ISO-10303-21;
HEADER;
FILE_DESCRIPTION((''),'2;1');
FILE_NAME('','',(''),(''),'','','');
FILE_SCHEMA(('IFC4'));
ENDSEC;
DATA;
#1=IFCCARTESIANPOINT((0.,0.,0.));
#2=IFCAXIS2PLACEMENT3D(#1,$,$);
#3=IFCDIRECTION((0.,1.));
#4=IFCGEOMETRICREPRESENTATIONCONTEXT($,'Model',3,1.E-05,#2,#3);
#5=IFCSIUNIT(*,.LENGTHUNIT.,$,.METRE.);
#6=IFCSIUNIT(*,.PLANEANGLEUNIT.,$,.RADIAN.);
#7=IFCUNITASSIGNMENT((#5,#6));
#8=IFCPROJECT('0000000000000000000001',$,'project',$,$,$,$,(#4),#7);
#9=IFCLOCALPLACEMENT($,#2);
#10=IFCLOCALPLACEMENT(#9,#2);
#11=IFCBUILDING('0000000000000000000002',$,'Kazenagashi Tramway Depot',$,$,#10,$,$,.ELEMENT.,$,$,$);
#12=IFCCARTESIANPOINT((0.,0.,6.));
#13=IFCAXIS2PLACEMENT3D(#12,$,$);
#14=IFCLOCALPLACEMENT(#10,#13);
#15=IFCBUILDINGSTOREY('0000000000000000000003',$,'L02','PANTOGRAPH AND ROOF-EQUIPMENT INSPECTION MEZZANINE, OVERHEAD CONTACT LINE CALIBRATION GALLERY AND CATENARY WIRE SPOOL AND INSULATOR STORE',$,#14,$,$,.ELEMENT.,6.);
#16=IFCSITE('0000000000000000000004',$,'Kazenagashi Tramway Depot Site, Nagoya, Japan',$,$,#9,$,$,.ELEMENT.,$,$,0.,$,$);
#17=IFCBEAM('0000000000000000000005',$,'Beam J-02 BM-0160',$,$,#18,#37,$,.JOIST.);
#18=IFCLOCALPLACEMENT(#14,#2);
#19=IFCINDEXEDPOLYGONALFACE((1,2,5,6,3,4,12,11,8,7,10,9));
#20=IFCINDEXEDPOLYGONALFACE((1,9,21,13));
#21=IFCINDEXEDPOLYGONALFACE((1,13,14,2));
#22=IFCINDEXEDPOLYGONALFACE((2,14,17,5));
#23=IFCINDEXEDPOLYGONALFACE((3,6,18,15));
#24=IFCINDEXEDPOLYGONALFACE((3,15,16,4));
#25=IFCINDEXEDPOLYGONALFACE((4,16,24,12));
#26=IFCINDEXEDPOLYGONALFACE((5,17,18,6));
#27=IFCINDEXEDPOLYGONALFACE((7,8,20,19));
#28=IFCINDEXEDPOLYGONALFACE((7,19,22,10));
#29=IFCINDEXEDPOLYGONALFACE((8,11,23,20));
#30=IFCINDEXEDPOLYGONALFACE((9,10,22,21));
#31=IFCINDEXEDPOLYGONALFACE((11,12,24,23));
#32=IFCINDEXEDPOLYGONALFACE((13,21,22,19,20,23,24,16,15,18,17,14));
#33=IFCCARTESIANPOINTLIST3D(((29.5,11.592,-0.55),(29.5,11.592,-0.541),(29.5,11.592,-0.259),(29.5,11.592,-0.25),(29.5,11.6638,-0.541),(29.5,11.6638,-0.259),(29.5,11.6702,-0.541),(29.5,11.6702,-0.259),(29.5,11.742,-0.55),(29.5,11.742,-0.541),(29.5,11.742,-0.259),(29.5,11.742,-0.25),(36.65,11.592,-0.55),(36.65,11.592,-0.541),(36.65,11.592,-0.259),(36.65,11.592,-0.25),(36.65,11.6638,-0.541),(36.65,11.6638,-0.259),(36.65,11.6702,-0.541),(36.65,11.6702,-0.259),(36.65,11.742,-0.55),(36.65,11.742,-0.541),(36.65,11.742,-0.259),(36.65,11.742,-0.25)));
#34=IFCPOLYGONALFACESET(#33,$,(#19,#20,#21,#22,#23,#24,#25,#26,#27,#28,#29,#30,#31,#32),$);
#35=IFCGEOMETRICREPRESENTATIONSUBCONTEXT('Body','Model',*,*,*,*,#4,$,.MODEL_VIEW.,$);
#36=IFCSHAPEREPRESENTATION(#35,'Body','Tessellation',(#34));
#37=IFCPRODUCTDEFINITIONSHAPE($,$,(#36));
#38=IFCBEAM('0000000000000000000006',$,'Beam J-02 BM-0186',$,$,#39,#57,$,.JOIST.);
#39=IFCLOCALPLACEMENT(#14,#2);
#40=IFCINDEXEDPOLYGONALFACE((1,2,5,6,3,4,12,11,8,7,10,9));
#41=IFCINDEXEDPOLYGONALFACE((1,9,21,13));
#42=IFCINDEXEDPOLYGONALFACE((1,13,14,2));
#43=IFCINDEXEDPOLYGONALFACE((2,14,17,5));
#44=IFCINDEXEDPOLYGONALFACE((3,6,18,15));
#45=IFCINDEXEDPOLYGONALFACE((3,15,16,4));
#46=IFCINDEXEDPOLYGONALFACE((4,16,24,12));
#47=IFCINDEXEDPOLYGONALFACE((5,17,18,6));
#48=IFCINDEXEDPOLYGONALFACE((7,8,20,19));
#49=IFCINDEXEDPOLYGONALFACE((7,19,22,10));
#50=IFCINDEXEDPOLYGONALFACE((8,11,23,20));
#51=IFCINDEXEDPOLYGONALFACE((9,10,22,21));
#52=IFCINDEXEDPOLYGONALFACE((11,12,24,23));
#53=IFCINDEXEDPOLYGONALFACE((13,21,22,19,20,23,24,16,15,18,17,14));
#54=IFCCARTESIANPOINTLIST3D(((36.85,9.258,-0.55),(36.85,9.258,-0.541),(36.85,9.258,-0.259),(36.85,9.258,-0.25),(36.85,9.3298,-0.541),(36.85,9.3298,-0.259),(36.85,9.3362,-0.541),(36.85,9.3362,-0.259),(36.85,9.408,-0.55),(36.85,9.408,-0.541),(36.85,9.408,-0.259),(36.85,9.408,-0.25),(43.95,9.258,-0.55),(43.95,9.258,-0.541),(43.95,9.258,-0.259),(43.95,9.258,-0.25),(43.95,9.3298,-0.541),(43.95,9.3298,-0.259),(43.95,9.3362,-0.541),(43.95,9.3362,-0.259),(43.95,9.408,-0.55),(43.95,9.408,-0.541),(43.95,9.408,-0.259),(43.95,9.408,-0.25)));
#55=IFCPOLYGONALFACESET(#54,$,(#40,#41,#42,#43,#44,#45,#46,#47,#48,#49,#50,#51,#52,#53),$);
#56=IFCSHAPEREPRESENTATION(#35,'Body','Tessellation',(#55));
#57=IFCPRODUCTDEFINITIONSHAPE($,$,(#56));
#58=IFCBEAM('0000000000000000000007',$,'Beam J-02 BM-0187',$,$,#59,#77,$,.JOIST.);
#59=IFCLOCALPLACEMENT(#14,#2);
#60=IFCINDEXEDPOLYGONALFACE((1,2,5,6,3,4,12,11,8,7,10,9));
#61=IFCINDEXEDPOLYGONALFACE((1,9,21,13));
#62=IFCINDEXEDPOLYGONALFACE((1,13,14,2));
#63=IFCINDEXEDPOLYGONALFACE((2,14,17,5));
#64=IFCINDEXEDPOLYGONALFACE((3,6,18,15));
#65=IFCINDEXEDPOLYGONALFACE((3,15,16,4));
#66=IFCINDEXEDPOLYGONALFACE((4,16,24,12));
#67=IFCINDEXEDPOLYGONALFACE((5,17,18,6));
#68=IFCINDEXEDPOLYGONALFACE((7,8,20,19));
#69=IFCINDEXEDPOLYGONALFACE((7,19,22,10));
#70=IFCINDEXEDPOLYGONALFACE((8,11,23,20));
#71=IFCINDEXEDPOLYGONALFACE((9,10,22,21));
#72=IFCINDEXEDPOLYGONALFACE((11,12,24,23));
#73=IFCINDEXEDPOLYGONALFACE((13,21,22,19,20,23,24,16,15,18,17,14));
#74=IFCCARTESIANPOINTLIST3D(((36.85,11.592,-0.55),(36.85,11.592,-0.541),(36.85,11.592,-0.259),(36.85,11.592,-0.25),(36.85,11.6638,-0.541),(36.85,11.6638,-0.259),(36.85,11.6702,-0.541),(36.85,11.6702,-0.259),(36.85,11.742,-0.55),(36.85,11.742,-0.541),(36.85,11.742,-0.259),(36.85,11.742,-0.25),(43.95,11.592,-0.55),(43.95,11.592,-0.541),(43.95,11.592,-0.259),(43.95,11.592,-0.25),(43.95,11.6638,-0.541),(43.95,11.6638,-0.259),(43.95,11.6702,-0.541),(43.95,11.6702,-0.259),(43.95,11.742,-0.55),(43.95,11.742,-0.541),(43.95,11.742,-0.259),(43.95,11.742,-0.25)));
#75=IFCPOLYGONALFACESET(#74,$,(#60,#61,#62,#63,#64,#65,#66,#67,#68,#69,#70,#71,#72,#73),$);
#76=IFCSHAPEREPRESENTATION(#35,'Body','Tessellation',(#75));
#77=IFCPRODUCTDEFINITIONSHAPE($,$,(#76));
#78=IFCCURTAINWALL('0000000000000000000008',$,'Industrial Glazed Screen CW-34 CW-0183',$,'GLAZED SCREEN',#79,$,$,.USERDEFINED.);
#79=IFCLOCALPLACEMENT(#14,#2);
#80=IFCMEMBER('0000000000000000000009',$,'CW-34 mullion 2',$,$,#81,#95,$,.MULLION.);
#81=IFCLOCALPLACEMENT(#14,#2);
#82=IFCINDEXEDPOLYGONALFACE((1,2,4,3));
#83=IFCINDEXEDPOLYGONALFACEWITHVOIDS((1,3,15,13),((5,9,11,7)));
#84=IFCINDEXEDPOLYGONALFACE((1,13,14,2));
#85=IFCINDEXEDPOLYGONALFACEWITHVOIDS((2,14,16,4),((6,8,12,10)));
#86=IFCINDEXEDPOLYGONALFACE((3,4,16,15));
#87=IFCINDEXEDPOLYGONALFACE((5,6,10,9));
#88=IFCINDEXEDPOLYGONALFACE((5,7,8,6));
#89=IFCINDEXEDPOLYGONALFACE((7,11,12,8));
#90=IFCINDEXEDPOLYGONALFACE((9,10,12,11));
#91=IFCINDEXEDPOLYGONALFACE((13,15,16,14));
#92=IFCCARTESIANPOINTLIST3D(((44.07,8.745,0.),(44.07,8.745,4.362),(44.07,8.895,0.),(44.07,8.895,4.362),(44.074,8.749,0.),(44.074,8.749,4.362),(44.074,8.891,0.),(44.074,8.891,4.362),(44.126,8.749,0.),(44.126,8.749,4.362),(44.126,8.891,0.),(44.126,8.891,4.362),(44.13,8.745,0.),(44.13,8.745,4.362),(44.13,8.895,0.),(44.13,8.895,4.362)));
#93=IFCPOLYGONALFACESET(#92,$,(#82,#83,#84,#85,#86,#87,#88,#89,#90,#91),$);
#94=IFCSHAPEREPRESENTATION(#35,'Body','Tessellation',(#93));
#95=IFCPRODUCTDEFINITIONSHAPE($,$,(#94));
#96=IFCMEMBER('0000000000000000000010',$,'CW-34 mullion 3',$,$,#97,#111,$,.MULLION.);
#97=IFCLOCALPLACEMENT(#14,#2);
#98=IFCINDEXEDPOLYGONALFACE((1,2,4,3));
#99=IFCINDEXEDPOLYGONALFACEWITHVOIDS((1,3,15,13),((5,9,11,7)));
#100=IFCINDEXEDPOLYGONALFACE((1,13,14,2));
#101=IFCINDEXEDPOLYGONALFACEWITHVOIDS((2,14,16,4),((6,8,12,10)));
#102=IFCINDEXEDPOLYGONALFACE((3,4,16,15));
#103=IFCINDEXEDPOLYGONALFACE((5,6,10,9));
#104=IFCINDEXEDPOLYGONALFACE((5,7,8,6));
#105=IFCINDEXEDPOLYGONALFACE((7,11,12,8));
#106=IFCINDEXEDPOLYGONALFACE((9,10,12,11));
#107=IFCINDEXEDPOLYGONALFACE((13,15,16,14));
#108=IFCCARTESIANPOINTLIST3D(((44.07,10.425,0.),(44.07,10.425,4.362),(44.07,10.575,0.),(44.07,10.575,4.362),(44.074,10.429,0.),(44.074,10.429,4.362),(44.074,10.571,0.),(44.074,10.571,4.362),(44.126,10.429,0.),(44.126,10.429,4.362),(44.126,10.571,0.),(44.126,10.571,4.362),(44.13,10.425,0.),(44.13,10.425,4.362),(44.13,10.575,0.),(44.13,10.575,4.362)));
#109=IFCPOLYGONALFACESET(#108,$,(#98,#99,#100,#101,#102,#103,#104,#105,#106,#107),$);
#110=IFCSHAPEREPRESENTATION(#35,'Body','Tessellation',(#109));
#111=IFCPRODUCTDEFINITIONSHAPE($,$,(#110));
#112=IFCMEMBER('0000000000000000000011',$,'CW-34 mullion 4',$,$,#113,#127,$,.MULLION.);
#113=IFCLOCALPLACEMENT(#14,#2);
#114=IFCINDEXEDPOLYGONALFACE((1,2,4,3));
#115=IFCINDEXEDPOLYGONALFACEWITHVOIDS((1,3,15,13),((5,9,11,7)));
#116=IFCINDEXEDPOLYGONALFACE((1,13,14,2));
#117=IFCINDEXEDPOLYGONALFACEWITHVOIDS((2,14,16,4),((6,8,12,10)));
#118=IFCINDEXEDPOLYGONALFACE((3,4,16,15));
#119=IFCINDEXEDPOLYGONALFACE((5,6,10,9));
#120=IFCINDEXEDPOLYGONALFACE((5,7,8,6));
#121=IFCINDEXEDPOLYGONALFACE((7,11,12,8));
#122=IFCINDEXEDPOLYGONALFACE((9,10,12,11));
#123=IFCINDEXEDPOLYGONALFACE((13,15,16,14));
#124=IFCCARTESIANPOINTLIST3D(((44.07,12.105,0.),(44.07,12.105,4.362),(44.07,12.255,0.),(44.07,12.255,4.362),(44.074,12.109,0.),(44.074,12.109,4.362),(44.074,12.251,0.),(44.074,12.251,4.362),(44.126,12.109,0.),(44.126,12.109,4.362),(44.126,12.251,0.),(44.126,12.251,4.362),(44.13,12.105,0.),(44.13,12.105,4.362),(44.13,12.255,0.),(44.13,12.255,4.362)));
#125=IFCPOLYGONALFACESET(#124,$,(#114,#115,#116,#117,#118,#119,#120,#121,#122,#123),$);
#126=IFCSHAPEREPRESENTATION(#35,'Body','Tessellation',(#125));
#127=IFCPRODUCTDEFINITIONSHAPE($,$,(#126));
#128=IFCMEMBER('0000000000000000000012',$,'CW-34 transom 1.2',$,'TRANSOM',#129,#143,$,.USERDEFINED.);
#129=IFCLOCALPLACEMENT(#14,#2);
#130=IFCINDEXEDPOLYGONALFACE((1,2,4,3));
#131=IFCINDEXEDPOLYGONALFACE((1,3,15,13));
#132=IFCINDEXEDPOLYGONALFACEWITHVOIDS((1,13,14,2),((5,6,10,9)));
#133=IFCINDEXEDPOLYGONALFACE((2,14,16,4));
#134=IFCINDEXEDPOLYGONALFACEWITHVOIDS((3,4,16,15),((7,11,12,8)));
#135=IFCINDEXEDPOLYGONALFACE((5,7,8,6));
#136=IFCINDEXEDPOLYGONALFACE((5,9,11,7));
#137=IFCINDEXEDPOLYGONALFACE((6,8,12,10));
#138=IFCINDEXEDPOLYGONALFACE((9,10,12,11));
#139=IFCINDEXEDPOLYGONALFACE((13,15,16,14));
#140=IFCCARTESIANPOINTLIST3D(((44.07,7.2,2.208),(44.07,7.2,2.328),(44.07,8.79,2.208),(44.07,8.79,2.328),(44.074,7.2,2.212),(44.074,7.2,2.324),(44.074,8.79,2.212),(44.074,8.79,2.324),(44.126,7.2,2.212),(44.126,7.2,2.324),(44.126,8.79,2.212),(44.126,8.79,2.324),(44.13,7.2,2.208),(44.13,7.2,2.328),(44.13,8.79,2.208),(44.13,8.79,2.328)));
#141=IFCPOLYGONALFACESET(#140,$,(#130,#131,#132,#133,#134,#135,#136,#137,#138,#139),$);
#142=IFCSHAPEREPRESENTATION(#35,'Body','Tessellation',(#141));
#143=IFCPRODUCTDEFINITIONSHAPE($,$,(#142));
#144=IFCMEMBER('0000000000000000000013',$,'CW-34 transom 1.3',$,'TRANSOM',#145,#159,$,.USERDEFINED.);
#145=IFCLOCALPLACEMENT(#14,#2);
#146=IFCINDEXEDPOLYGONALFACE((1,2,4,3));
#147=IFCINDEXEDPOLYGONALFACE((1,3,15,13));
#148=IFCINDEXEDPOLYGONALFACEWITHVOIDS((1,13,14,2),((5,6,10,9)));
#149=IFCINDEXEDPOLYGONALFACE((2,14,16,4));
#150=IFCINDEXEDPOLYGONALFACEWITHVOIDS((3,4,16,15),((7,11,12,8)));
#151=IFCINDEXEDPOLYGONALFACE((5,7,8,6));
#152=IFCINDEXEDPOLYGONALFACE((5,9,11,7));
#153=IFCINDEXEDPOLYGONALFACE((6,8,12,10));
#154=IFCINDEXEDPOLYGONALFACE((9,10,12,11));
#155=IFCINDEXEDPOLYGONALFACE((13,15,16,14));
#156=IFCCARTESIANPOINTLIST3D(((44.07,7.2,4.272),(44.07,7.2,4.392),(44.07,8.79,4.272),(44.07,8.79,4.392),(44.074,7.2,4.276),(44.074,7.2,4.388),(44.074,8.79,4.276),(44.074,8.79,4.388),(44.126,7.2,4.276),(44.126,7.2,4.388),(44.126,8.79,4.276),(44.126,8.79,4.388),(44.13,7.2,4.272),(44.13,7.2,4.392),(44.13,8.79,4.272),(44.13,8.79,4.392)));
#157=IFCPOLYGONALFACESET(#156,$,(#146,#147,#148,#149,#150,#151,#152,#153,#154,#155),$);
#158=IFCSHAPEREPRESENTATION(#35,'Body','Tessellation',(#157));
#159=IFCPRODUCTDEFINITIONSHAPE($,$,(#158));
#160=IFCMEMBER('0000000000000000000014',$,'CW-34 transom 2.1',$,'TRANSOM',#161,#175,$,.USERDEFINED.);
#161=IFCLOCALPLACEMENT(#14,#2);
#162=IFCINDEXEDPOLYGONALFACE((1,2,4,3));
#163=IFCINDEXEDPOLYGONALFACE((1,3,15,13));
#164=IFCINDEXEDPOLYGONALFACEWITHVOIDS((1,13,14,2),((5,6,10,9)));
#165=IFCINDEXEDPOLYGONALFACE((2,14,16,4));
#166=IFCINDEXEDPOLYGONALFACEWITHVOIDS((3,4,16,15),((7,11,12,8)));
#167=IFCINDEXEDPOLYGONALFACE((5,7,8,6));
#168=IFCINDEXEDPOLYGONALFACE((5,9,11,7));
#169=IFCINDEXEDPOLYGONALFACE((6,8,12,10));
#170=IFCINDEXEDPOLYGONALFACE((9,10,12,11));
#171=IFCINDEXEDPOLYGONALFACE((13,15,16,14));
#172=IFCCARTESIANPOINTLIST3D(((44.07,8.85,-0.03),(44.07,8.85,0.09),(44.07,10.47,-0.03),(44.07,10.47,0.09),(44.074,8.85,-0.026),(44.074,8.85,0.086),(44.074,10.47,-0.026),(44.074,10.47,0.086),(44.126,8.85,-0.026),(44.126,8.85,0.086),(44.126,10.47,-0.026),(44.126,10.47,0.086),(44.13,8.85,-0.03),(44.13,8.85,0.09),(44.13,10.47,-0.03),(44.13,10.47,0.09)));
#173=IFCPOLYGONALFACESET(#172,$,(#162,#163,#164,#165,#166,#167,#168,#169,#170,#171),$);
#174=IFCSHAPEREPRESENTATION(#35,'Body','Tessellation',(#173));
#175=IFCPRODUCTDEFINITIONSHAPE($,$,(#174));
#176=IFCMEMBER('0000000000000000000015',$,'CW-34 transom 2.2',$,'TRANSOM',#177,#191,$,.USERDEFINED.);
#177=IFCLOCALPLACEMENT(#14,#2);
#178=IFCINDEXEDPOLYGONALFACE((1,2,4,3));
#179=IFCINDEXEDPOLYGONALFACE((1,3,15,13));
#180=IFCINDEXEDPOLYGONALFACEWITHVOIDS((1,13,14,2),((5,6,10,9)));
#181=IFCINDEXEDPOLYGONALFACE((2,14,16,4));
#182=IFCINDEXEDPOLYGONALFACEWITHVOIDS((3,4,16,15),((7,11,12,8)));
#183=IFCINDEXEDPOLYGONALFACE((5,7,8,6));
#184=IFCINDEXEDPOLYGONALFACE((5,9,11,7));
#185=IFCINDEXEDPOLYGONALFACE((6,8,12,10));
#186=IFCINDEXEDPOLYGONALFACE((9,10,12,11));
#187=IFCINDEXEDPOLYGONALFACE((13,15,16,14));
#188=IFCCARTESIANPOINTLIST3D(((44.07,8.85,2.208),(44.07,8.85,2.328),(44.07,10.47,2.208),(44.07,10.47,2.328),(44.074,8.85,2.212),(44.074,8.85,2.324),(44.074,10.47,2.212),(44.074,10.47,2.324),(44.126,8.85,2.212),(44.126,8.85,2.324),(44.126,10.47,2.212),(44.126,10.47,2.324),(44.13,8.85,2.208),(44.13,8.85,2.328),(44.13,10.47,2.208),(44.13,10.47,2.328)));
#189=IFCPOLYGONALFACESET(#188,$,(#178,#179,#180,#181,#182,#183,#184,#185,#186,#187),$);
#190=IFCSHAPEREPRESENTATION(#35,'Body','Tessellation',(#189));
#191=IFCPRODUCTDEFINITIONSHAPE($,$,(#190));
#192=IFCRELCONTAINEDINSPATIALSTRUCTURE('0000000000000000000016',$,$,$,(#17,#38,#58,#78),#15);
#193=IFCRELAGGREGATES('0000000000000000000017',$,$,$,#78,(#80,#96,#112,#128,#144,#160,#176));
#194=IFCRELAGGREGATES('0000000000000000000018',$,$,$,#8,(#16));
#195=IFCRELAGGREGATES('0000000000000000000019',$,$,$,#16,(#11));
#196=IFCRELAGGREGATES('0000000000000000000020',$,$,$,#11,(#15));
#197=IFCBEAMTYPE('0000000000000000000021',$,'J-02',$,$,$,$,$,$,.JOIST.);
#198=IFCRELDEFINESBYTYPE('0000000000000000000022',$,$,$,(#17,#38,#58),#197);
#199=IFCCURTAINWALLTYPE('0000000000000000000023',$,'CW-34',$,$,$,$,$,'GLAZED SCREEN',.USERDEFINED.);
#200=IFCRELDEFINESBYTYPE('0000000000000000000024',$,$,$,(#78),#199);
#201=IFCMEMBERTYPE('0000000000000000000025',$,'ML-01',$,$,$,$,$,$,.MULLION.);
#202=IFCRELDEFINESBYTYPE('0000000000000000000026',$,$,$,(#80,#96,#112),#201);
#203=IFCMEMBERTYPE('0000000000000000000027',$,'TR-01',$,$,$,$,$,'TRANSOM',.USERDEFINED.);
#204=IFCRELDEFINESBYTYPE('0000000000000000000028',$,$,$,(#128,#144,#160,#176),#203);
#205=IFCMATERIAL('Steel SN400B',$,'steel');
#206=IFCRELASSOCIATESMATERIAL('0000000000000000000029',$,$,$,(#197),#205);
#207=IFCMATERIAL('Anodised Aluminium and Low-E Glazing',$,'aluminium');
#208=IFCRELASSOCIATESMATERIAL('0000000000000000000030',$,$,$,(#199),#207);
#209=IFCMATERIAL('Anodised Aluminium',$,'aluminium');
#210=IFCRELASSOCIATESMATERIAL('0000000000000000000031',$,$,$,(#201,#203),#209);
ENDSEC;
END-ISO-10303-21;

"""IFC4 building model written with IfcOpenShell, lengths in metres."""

from ifc_helpers import new_model, si_unit, direction, frame, origin, origin_2d, place, context, subcontext, project, spatial, hollow_rectangle, i_section, extrude, material, material_profile, profile_set, type_object, element, aggregate, save


model = new_model("IFC4")

# Units and contexts
model_context = context("Model", 3, precision=1e-05, world=origin(), true_north=direction((0.0, 1.0)))
body_context = subcontext(model_context, "Body", "Model", "MODEL_VIEW")
ifc_project = project(units=[si_unit("LENGTHUNIT", "METRE"), si_unit("PLANEANGLEUNIT", "RADIAN")], contexts=[model_context])

# Site, building, storey
site_placement = place(None, origin())
site = spatial("IfcSite", under=ifc_project, at=site_placement, Name="Kazenagashi Tramway Depot Site, Nagoya, Japan", CompositionType="ELEMENT", RefElevation=0.0)
building_placement = place(site_placement, origin())
building = spatial("IfcBuilding", under=site, at=building_placement, Name="Kazenagashi Tramway Depot", CompositionType="ELEMENT")
storey_placement = place(building_placement, frame((0.0, 0.0, 6.0)))
storey = spatial("IfcBuildingStorey", under=building, at=storey_placement, Name="L02", Description="PANTOGRAPH AND ROOF-EQUIPMENT INSPECTION MEZZANINE, OVERHEAD CONTACT LINE CALIBRATION GALLERY AND CATENARY WIRE SPOOL AND INSULATOR STORE", CompositionType="ELEMENT", Elevation=6.0)

# Beams
ifc_material_1 = material(Name="Steel SN400B", Category="steel")
ifc_material_profile_1 = material_profile(ifc_material_1, i_section(OverallWidth=0.15, OverallDepth=0.3, WebThickness=0.0065, FlangeThickness=0.009, at=origin_2d()), Name="H-300x150x6.5x9")
ifc_profile_set_1 = profile_set([ifc_material_profile_1], Name="Steel SN400B")
beam_type = type_object("IfcBeamType", Name="J-02", PredefinedType="JOIST", material=ifc_profile_set_1)
beam_placement = place(storey_placement, frame((29.5, 11.667, -0.4), z_axis=(1.0, 0.0, 0.0), x_axis=(0.0, 1.0, 0.0)))
element("IfcBeam", 1, at=beam_placement, inside=storey, type_object=beam_type, Name="Beam J-02 BM-0160", PredefinedType="JOIST", context=body_context, shape_type="SweptSolid", body=[
    extrude(i_section(OverallWidth=0.15, OverallDepth=0.3, WebThickness=0.0065, FlangeThickness=0.009, at=origin_2d()), origin(), (0.0, 0.0, 1.0), 7.15),
])
for number, where, z_axis, x_axis, name in (
    (2, (36.85, 9.333, -0.4), (1.0, 0.0, 0.0), (0.0, 1.0, 0.0), "Beam J-02 BM-0186"),
    (3, (36.85, 11.667, -0.4), (1.0, 0.0, 0.0), (0.0, 1.0, 0.0), "Beam J-02 BM-0187"),
):
    element("IfcBeam", number, at=place(storey_placement, frame(where, z_axis=z_axis, x_axis=x_axis)), inside=storey, type_object=beam_type, Name=name, PredefinedType="JOIST", context=body_context, shape_type="SweptSolid", body=[
        extrude(i_section(OverallWidth=0.15, OverallDepth=0.3, WebThickness=0.0065, FlangeThickness=0.009, at=origin_2d()), origin(), (0.0, 0.0, 1.0), 7.1),
    ])

# Curtain wall, members
ifc_material_2 = material(Name="Anodised Aluminium and Low-E Glazing", Category="aluminium")
curtain_wall_type = type_object("IfcCurtainWallType", Name="CW-34", ElementType="GLAZED SCREEN", PredefinedType="USERDEFINED", material=ifc_material_2)
curtain_wall_placement = place(storey_placement, origin())
curtain_wall = element("IfcCurtainWall", 4, at=curtain_wall_placement, inside=storey, type_object=curtain_wall_type, Name="Industrial Glazed Screen CW-34 CW-0183", ObjectType="GLAZED SCREEN", PredefinedType="USERDEFINED")
ifc_material_3 = material(Name="Anodised Aluminium", Category="aluminium")
ifc_material_profile_2 = material_profile(ifc_material_3, hollow_rectangle(XDim=0.06, YDim=0.15, WallThickness=0.004, at=origin_2d()), Name="RHS-150x60x4")
ifc_profile_set_2 = profile_set([ifc_material_profile_2], Name="Anodised Aluminium")
member_type_1 = type_object("IfcMemberType", Name="ML-01", PredefinedType="MULLION", material=ifc_profile_set_2)
member_1_placement = place(storey_placement, frame((44.1, 8.82, 0.0), z_axis=(0.0, 0.0, 1.0), x_axis=(-1.0, 0.0, 0.0)))
member_1 = element("IfcMember", 5, at=member_1_placement, type_object=member_type_1, Name="CW-34 mullion 2", PredefinedType="MULLION", context=body_context, shape_type="SweptSolid", body=[
    extrude(hollow_rectangle(XDim=0.06, YDim=0.15, WallThickness=0.004, at=origin_2d()), origin(), (0.0, 0.0, 1.0), 4.362),
])
member_2_placement = place(storey_placement, frame((44.1, 10.5, 0.0), z_axis=(0.0, 0.0, 1.0), x_axis=(-1.0, 0.0, 0.0)))
member_2 = element("IfcMember", 6, at=member_2_placement, type_object=member_type_1, Name="CW-34 mullion 3", PredefinedType="MULLION", context=body_context, shape_type="SweptSolid", body=[
    extrude(hollow_rectangle(XDim=0.06, YDim=0.15, WallThickness=0.004, at=origin_2d()), origin(), (0.0, 0.0, 1.0), 4.362),
])
member_3_placement = place(storey_placement, frame((44.1, 12.18, 0.0), z_axis=(0.0, 0.0, 1.0), x_axis=(-1.0, 0.0, 0.0)))
member_3 = element("IfcMember", 7, at=member_3_placement, type_object=member_type_1, Name="CW-34 mullion 4", PredefinedType="MULLION", context=body_context, shape_type="SweptSolid", body=[
    extrude(hollow_rectangle(XDim=0.06, YDim=0.15, WallThickness=0.004, at=origin_2d()), origin(), (0.0, 0.0, 1.0), 4.362),
])
ifc_material_profile_3 = material_profile(ifc_material_3, hollow_rectangle(XDim=0.06, YDim=0.12, WallThickness=0.004, at=origin_2d()), Name="RHS-120x60x4")
ifc_profile_set_3 = profile_set([ifc_material_profile_3], Name="Anodised Aluminium")
member_type_2 = type_object("IfcMemberType", Name="TR-01", ElementType="TRANSOM", PredefinedType="USERDEFINED", material=ifc_profile_set_3)
member_4_placement = place(storey_placement, frame((44.1, 7.2, 2.268), z_axis=(0.0, 1.0, 0.0), x_axis=(-1.0, 0.0, 0.0)))
member_4 = element("IfcMember", 8, at=member_4_placement, type_object=member_type_2, Name="CW-34 transom 1.2", ObjectType="TRANSOM", PredefinedType="USERDEFINED", context=body_context, shape_type="SweptSolid", body=[
    extrude(hollow_rectangle(XDim=0.06, YDim=0.12, WallThickness=0.004, at=origin_2d()), origin(), (0.0, 0.0, 1.0), 1.59),
])
member_5_placement = place(storey_placement, frame((44.1, 7.2, 4.332), z_axis=(0.0, 1.0, 0.0), x_axis=(-1.0, 0.0, 0.0)))
member_5 = element("IfcMember", 9, at=member_5_placement, type_object=member_type_2, Name="CW-34 transom 1.3", ObjectType="TRANSOM", PredefinedType="USERDEFINED", context=body_context, shape_type="SweptSolid", body=[
    extrude(hollow_rectangle(XDim=0.06, YDim=0.12, WallThickness=0.004, at=origin_2d()), origin(), (0.0, 0.0, 1.0), 1.59),
])
member_6_placement = place(storey_placement, frame((44.1, 8.85, 0.03), z_axis=(0.0, 1.0, 0.0), x_axis=(-1.0, 0.0, 0.0)))
member_6 = element("IfcMember", 10, at=member_6_placement, type_object=member_type_2, Name="CW-34 transom 2.1", ObjectType="TRANSOM", PredefinedType="USERDEFINED", context=body_context, shape_type="SweptSolid", body=[
    extrude(hollow_rectangle(XDim=0.06, YDim=0.12, WallThickness=0.004, at=origin_2d()), origin(), (0.0, 0.0, 1.0), 1.62),
])
member_7_placement = place(storey_placement, frame((44.1, 8.85, 2.268), z_axis=(0.0, 1.0, 0.0), x_axis=(-1.0, 0.0, 0.0)))
member_7 = element("IfcMember", 11, at=member_7_placement, type_object=member_type_2, Name="CW-34 transom 2.2", ObjectType="TRANSOM", PredefinedType="USERDEFINED", context=body_context, shape_type="SweptSolid", body=[
    extrude(hollow_rectangle(XDim=0.06, YDim=0.12, WallThickness=0.004, at=origin_2d()), origin(), (0.0, 0.0, 1.0), 1.62),
])
aggregate(curtain_wall, [member_1, member_2, member_3, member_4, member_5, member_6, member_7])

save(model, "model.ifc")
